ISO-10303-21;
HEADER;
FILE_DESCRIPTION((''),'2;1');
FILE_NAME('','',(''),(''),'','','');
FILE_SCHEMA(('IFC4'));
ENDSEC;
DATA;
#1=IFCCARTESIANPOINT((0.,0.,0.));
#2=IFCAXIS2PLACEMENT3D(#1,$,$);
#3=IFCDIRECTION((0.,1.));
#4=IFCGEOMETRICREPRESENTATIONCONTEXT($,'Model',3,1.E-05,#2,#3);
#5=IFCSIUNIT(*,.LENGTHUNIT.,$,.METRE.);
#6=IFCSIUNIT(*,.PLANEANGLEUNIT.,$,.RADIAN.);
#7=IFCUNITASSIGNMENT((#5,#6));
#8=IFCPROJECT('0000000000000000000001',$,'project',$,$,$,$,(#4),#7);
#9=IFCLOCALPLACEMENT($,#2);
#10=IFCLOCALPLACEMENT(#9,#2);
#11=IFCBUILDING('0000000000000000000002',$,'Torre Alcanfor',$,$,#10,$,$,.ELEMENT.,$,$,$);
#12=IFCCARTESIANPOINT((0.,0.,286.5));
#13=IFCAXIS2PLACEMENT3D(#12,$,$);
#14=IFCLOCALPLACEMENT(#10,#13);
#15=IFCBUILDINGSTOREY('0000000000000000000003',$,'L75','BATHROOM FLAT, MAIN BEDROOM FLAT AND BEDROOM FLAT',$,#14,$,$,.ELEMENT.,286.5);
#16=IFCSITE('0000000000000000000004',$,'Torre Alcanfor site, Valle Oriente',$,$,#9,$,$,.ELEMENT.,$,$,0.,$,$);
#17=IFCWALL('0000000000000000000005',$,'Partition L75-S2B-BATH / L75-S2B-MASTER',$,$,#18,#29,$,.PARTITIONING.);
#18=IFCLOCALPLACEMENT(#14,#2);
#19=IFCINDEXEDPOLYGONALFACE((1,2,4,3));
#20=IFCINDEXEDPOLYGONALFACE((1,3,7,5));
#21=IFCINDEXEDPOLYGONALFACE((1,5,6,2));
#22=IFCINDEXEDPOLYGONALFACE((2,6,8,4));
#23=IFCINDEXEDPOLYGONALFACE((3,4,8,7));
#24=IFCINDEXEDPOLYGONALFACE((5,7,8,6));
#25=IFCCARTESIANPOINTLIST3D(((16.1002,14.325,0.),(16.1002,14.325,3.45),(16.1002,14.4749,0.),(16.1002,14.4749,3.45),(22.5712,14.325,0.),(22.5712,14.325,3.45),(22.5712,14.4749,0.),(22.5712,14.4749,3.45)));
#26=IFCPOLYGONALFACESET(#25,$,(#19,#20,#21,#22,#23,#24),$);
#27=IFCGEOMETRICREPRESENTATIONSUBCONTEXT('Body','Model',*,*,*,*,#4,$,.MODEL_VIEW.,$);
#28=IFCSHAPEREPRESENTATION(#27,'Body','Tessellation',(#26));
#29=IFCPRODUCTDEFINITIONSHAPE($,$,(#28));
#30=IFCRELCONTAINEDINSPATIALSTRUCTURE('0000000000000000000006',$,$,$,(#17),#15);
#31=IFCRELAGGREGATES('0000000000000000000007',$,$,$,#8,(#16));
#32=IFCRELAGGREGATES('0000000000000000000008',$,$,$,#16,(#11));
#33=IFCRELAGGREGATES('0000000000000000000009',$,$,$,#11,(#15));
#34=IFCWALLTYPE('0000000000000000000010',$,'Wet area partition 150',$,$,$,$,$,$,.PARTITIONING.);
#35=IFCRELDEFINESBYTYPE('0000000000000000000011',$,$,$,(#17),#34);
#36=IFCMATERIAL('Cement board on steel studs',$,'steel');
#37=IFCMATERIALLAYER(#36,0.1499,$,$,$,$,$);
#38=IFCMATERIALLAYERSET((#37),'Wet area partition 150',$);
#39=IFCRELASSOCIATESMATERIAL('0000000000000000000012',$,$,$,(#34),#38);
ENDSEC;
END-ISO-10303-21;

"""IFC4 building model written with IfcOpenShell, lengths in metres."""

from ifc_helpers import new_model, si_unit, direction, frame, frame_2d, origin, place, context, subcontext, project, spatial, rectangle, extrude, material, layer, layer_set, type_object, element, save


model = new_model("IFC4")

# Units and contexts
model_context = context("Model", 3, precision=1e-05, world=origin(), true_north=direction((0.0, 1.0)))
body_context = subcontext(model_context, "Body", "Model", "MODEL_VIEW")
ifc_project = project(units=[si_unit("LENGTHUNIT", "METRE"), si_unit("PLANEANGLEUNIT", "RADIAN")], contexts=[model_context])

# Site, building, storey
site_placement = place(None, origin())
site = spatial("IfcSite", under=ifc_project, at=site_placement, Name="Torre Alcanfor site, Valle Oriente", CompositionType="ELEMENT", RefElevation=0.0)
building_placement = place(site_placement, origin())
building = spatial("IfcBuilding", under=site, at=building_placement, Name="Torre Alcanfor", CompositionType="ELEMENT")
storey_placement = place(building_placement, frame((0.0, 0.0, 286.5)))
storey = spatial("IfcBuildingStorey", under=building, at=storey_placement, Name="L75", Description="BATHROOM FLAT, MAIN BEDROOM FLAT AND BEDROOM FLAT", CompositionType="ELEMENT", Elevation=286.5)

# Shared definitions
ifc_material_1 = material(Name="Cement board on steel studs", Category="steel")
ifc_layer_1 = layer(ifc_material_1, 0.1499)
ifc_layer_set_1 = layer_set([ifc_layer_1], Name="Wet area partition 150")
wall_type_1 = type_object("IfcWallType", Name="Wet area partition 150", PredefinedType="PARTITIONING", material=ifc_layer_set_1)

# Wall
wall_1_placement = place(storey_placement, frame((22.571, 14.3999, 0.0), z_axis=(0.0, 0.0, 1.0), x_axis=(-1.0, 0.0, 0.0)))
element("IfcWall", 1, at=wall_1_placement, inside=storey, type_object=wall_type_1, Name="Partition L75-S2B-BATH / L75-S2B-MASTER", PredefinedType="PARTITIONING", context=body_context, shape_type="SweptSolid", body=[
    extrude(rectangle(XDim=6.4709, YDim=0.1499, at=frame_2d((3.2354, 0.0))), origin(), (0.0, 0.0, 1.0), 3.45),
])

save(model, "model.ifc")
